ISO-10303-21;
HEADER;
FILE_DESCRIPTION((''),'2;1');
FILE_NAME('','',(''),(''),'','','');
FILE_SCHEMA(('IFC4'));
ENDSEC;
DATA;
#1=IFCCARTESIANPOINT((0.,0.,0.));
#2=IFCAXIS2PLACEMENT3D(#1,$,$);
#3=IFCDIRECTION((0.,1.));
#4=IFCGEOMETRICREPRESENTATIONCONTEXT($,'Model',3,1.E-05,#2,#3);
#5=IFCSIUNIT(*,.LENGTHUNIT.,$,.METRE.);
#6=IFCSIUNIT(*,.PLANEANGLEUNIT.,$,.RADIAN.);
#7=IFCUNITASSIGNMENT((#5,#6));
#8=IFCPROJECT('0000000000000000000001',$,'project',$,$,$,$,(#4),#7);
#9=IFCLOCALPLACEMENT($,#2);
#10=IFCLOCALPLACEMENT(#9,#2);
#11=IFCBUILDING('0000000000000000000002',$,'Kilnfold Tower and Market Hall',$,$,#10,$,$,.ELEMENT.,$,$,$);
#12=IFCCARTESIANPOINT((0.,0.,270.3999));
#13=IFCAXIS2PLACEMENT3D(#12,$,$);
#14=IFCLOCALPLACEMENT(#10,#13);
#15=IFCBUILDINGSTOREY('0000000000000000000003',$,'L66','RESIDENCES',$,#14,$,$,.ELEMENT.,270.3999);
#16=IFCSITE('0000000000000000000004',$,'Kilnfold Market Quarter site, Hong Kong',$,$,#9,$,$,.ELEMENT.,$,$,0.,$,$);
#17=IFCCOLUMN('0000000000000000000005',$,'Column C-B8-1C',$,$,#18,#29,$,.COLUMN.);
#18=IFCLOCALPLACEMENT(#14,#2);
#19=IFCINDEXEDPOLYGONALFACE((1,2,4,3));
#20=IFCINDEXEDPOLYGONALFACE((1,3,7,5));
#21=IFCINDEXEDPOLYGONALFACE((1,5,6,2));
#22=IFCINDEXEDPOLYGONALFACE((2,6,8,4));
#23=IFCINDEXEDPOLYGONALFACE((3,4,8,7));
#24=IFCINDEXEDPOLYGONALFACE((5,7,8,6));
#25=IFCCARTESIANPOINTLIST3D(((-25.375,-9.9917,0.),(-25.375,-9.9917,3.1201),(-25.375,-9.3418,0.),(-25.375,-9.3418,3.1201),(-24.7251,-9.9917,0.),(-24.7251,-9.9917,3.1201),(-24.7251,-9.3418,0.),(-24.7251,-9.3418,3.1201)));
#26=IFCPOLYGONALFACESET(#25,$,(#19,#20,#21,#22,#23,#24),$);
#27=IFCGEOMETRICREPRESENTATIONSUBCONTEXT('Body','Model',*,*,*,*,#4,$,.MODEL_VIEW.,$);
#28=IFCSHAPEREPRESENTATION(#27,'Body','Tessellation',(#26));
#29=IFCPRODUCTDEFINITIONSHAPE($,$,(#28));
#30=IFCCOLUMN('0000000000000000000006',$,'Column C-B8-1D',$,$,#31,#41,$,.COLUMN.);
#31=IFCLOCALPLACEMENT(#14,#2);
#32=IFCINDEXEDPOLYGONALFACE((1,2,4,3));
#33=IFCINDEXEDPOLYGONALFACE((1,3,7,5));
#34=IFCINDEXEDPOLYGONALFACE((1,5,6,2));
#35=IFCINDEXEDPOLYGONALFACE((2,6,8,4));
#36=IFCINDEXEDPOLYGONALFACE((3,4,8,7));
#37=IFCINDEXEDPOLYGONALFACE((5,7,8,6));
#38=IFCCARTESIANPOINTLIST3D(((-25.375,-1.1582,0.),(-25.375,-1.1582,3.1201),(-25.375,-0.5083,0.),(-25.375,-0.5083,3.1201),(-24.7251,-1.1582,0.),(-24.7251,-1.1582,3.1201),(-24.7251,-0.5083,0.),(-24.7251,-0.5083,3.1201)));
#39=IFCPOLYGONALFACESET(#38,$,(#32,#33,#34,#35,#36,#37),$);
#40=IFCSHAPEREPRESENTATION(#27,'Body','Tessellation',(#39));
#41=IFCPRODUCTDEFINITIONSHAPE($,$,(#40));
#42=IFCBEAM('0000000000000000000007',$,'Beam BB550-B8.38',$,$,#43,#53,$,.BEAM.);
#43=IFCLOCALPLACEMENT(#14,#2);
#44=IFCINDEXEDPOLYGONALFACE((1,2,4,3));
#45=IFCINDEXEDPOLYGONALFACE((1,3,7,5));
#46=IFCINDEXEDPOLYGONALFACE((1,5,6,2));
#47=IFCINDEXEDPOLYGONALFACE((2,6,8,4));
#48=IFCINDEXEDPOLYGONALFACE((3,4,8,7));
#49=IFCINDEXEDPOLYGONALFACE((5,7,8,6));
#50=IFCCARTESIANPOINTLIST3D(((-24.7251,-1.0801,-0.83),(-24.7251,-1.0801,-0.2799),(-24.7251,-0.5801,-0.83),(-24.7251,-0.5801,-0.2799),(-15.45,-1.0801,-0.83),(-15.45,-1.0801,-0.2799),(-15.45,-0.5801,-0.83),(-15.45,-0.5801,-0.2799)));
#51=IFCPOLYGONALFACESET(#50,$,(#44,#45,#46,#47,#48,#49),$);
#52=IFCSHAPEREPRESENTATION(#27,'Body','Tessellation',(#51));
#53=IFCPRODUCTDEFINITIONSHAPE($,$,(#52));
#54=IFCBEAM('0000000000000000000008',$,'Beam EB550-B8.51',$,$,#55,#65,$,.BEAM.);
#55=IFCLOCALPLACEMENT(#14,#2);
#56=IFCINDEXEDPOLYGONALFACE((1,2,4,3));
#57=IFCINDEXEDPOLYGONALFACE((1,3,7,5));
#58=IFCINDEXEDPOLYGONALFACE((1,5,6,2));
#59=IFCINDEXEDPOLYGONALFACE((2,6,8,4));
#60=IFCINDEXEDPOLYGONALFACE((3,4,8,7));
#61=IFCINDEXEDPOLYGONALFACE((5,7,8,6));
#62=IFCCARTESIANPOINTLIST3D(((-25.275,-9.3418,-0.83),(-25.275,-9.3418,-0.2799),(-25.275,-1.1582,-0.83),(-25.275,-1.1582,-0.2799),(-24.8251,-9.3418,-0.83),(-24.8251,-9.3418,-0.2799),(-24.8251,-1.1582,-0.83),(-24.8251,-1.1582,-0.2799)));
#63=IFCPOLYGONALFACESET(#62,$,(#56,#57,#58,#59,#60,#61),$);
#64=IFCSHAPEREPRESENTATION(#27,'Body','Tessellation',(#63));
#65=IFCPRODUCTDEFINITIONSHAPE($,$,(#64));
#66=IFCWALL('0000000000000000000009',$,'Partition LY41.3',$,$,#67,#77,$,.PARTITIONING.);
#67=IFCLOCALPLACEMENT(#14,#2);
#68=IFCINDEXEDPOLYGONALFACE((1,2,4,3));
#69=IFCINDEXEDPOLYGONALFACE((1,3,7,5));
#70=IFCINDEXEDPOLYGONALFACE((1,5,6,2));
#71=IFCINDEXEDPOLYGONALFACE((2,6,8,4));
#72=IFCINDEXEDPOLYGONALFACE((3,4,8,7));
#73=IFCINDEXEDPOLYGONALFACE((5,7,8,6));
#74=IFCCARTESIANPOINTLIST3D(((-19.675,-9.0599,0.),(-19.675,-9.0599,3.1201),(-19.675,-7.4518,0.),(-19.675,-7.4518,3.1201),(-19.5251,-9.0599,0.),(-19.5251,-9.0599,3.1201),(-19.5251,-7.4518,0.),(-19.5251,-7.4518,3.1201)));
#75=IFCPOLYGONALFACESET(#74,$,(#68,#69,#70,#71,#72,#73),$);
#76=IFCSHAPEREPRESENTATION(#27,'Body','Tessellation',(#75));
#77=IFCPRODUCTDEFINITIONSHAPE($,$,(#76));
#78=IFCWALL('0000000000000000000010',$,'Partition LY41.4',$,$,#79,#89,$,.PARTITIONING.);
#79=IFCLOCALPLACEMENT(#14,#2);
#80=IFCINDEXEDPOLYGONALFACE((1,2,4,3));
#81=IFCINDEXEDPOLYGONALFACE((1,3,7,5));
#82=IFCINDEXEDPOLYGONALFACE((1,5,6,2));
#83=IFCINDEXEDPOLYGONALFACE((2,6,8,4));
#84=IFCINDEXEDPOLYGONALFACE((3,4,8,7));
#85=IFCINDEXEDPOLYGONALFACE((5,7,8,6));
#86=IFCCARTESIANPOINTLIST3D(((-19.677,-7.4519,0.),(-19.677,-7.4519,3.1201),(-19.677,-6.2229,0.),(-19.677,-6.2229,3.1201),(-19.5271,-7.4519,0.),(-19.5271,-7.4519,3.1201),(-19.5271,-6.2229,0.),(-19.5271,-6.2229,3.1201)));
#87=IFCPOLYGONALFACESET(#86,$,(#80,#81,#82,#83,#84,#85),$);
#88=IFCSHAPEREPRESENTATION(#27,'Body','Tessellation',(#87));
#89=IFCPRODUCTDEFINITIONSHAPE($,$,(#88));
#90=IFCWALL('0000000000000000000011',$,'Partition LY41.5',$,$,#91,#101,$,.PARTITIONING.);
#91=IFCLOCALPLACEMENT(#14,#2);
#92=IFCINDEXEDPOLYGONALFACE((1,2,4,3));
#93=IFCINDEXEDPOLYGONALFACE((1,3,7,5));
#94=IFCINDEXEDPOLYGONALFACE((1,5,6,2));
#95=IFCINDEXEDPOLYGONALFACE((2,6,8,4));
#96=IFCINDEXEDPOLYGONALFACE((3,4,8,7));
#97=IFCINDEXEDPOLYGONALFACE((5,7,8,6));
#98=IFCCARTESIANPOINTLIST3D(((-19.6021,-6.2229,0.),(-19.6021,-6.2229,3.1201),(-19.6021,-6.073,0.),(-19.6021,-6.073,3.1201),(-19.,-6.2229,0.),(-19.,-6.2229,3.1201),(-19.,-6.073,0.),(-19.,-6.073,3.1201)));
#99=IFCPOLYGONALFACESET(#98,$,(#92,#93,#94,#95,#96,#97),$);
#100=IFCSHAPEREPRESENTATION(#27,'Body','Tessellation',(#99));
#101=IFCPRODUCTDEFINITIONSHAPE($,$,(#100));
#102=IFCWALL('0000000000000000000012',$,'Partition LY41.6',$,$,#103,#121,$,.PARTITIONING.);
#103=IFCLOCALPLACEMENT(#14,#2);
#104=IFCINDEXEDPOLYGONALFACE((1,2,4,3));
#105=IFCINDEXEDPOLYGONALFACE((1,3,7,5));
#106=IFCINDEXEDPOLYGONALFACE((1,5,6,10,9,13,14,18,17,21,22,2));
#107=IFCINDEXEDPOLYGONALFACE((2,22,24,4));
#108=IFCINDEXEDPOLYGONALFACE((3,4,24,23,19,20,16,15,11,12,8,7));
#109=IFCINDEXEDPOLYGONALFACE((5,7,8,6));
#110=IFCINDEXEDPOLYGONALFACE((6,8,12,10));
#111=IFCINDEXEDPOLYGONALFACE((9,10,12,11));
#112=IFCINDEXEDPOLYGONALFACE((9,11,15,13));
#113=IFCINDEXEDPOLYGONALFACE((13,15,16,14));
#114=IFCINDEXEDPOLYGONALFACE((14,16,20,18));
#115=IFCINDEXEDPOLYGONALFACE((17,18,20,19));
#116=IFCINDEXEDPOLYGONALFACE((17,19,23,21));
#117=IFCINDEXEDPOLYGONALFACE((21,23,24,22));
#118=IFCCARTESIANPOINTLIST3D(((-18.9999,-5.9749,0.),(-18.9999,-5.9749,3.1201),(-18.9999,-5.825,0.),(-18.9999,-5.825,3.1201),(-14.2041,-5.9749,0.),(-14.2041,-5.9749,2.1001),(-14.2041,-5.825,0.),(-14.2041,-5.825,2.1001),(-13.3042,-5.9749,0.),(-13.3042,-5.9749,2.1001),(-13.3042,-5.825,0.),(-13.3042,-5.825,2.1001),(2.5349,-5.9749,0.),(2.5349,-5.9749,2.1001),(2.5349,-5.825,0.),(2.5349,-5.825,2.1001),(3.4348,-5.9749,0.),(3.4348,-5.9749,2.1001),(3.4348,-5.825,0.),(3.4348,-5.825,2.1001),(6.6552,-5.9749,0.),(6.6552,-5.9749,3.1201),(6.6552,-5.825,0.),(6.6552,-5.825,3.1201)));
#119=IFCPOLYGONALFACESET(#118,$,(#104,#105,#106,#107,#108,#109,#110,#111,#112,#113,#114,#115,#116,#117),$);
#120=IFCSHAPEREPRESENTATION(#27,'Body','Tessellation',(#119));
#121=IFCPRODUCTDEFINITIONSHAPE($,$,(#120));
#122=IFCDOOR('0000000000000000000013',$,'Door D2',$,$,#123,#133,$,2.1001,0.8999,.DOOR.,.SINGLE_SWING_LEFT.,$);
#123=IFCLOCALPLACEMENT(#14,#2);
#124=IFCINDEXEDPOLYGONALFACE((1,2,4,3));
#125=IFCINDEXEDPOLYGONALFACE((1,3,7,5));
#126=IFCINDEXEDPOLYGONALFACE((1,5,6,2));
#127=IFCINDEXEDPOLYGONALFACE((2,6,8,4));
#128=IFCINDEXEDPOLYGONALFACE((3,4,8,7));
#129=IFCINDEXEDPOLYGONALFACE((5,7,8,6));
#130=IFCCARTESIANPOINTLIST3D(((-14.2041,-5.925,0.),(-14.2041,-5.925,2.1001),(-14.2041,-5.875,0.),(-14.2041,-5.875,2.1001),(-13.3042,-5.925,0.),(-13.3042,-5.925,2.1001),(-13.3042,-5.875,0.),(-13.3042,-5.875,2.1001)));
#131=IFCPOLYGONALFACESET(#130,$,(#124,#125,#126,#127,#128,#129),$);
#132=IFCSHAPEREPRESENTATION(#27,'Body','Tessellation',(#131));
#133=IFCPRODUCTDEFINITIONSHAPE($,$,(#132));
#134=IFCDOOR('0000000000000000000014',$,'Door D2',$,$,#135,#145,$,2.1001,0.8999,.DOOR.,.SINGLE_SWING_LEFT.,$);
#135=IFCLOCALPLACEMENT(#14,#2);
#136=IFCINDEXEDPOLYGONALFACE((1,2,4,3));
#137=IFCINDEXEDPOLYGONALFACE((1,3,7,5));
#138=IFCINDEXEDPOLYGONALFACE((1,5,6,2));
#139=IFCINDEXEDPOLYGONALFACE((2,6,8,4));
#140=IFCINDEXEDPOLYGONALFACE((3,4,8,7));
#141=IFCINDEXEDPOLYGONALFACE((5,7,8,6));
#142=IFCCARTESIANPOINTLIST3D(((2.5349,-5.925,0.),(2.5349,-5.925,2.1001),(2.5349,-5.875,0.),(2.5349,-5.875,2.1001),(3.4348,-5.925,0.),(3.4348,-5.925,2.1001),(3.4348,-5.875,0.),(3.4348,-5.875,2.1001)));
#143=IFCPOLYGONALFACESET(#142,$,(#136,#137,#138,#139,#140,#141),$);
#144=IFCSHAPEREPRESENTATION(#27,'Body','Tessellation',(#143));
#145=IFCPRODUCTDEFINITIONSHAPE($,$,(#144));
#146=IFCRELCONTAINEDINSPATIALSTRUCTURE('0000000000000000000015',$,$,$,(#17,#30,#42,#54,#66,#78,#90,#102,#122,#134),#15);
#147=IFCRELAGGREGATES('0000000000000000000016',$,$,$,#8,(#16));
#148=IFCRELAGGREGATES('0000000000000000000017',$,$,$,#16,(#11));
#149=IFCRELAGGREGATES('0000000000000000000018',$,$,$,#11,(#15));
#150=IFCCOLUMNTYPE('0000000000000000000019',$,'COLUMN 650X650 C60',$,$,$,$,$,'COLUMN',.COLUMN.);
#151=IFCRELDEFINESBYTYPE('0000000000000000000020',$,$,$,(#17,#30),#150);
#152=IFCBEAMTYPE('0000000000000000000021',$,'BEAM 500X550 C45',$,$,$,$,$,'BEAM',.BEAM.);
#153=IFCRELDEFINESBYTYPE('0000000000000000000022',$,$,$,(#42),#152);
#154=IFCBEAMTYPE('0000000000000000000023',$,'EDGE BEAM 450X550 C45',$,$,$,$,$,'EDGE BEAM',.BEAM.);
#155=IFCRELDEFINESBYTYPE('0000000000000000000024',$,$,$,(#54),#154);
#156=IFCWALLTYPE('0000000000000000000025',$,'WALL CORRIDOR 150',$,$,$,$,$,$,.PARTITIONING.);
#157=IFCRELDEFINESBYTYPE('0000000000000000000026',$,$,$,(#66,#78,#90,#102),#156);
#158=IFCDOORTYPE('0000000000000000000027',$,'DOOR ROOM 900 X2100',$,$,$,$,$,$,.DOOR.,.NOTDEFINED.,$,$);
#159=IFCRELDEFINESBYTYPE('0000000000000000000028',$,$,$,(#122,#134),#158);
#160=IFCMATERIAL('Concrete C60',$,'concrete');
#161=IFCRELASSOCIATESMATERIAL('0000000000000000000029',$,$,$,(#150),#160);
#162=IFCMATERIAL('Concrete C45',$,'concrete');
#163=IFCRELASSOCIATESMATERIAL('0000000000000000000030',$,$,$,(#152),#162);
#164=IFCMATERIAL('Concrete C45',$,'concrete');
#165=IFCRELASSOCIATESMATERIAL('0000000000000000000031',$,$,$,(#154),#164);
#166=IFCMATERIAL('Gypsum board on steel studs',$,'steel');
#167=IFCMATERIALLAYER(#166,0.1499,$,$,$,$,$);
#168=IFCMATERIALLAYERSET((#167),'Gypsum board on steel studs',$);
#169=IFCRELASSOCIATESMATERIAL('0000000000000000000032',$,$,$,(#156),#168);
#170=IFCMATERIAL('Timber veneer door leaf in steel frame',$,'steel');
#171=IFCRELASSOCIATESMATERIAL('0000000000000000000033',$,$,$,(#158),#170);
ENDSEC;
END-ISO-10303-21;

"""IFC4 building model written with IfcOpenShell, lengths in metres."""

from ifc_helpers import new_model, si_unit, direction, frame, frame_2d, origin, origin_2d, place, context, subcontext, project, spatial, rectangle, extrude, source, transform, mapped, material, layer, layer_set, material_profile, profile_set, type_object, element, fill, save


model = new_model("IFC4")

# Units and contexts
model_context = context("Model", 3, precision=1e-05, world=origin(), true_north=direction((0.0, 1.0)))
body_context = subcontext(model_context, "Body", "Model", "MODEL_VIEW")
ifc_project = project(units=[si_unit("LENGTHUNIT", "METRE"), si_unit("PLANEANGLEUNIT", "RADIAN")], contexts=[model_context])

# Site, building, storey
site_placement = place(None, origin())
site = spatial("IfcSite", under=ifc_project, at=site_placement, Name="Kilnfold Market Quarter site, Hong Kong", CompositionType="ELEMENT", RefElevation=0.0)
building_placement = place(site_placement, origin())
building = spatial("IfcBuilding", under=site, at=building_placement, Name="Kilnfold Tower and Market Hall", CompositionType="ELEMENT")
storey_placement = place(building_placement, frame((0.0, 0.0, 270.3999)))
storey = spatial("IfcBuildingStorey", under=building, at=storey_placement, Name="L66", Description="RESIDENCES", CompositionType="ELEMENT", Elevation=270.3999)

# Columns
ifc_material_1 = material(Name="Concrete C60", Category="concrete")
ifc_material_profile_1 = material_profile(ifc_material_1, rectangle(XDim=0.6499, YDim=0.6499, at=origin_2d()), Name="RC 650x650")
ifc_profile_set_1 = profile_set([ifc_material_profile_1], Name="Concrete C60")
column_type = type_object("IfcColumnType", Name="COLUMN 650X650 C60", ElementType="COLUMN", PredefinedType="COLUMN", material=ifc_profile_set_1)
shared_shape_1 = source(origin(), body_context, "Body", "SweptSolid", [
    extrude(rectangle(XDim=0.6499, YDim=0.6499, at=origin_2d()), origin(), (0.0, 0.0, 1.0), 3.1201),
])
for number, where, z_axis, x_axis, name in (
    (1, (-25.05, -9.6667, 0.0), (0.0, 0.0, 1.0), (1.0, 0.0, 0.0), "Column C-B8-1C"),
    (2, (-25.05, -0.8333, 0.0), (0.0, 0.0, 1.0), (1.0, 0.0, 0.0), "Column C-B8-1D"),
):
    element("IfcColumn", number, at=place(storey_placement, frame(where, z_axis=z_axis, x_axis=x_axis)), inside=storey, type_object=column_type, Name=name, PredefinedType="COLUMN", context=body_context, shape_type="MappedRepresentation", body=[
        mapped(shared_shape_1, transform((0.0, 0.0, 0.0))),
    ])

# Beams
ifc_material_2 = material(Name="Concrete C45", Category="concrete")
ifc_material_profile_2 = material_profile(ifc_material_2, rectangle(XDim=0.5, YDim=0.55, at=origin_2d()), Name="RC 500x550")
ifc_profile_set_2 = profile_set([ifc_material_profile_2], Name="Concrete C45")
beam_type_1 = type_object("IfcBeamType", Name="BEAM 500X550 C45", ElementType="BEAM", PredefinedType="BEAM", material=ifc_profile_set_2)
shared_shape_2 = source(origin(), body_context, "Body", "SweptSolid", [
    extrude(rectangle(XDim=0.5, YDim=0.55, at=origin_2d()), origin(), (0.0, 0.0, 1.0), 9.2751),
])
beam_1_placement = place(storey_placement, frame((-24.7251, -0.8301, -0.5549), z_axis=(1.0, 0.0, 0.0), x_axis=(0.0, 1.0, 0.0)))
element("IfcBeam", 3, at=beam_1_placement, inside=storey, type_object=beam_type_1, Name="Beam BB550-B8.38", PredefinedType="BEAM", context=body_context, shape_type="MappedRepresentation", body=[
    mapped(shared_shape_2, transform((0.0, 0.0, 0.0))),
])
ifc_material_3 = material(Name="Concrete C45", Category="concrete")
ifc_material_profile_3 = material_profile(ifc_material_3, rectangle(XDim=0.45, YDim=0.55, at=origin_2d()), Name="RC 450x550")
ifc_profile_set_3 = profile_set([ifc_material_profile_3], Name="Concrete C45")
beam_type_2 = type_object("IfcBeamType", Name="EDGE BEAM 450X550 C45", ElementType="EDGE BEAM", PredefinedType="BEAM", material=ifc_profile_set_3)
shared_shape_3 = source(origin(), body_context, "Body", "SweptSolid", [
    extrude(rectangle(XDim=0.45, YDim=0.55, at=origin_2d()), origin(), (0.0, 0.0, 1.0), 8.1836),
])
beam_2_placement = place(storey_placement, frame((-25.05, -9.3418, -0.5549), z_axis=(0.0, 1.0, 0.0), x_axis=(-1.0, 0.0, 0.0)))
element("IfcBeam", 4, at=beam_2_placement, inside=storey, type_object=beam_type_2, Name="Beam EB550-B8.51", PredefinedType="BEAM", context=body_context, shape_type="MappedRepresentation", body=[
    mapped(shared_shape_3, transform((0.0, 0.0, 0.0))),
])

# Walls
ifc_material_4 = material(Name="Gypsum board on steel studs", Category="steel")
ifc_layer_1 = layer(ifc_material_4, 0.1499)
ifc_layer_set_1 = layer_set([ifc_layer_1], Name="Gypsum board on steel studs")
wall_type_1 = type_object("IfcWallType", Name="WALL CORRIDOR 150", PredefinedType="PARTITIONING", material=ifc_layer_set_1)
wall_1_placement = place(storey_placement, frame((-19.6001, -9.0601, 0.0), z_axis=(0.0, 0.0, 1.0), x_axis=(0.0, 1.0, 0.0)))
element("IfcWall", 5, at=wall_1_placement, inside=storey, type_object=wall_type_1, Name="Partition LY41.3", PredefinedType="PARTITIONING", context=body_context, shape_type="SweptSolid", body=[
    extrude(rectangle(XDim=1.6082, YDim=0.1499, at=frame_2d((0.8042, 0.0))), origin(), (0.0, 0.0, 1.0), 3.1201),
])
wall_2_placement = place(storey_placement, frame((-19.6021, -7.4519, 0.0), z_axis=(0.0, 0.0, 1.0), x_axis=(0.0, 1.0, 0.0)))
element("IfcWall", 6, at=wall_2_placement, inside=storey, type_object=wall_type_1, Name="Partition LY41.4", PredefinedType="PARTITIONING", context=body_context, shape_type="SweptSolid", body=[
    extrude(rectangle(XDim=1.229, YDim=0.1499, at=frame_2d((0.6145, 0.0))), origin(), (0.0, 0.0, 1.0), 3.1201),
])
wall_3_placement = place(storey_placement, frame((-19.0, -6.1479, 0.0), z_axis=(0.0, 0.0, 1.0), x_axis=(-1.0, 0.0, 0.0)))
element("IfcWall", 7, at=wall_3_placement, inside=storey, type_object=wall_type_1, Name="Partition LY41.5", PredefinedType="PARTITIONING", context=body_context, shape_type="SweptSolid", body=[
    extrude(rectangle(XDim=0.6021, YDim=0.1499, at=frame_2d((0.301, 0.0))), origin(), (0.0, 0.0, 1.0), 3.1201),
])

# Wall, openings, doors
wall_4_placement = place(storey_placement, frame((-19.0, -5.8999, 0.0), z_axis=(0.0, 0.0, 1.0), x_axis=(1.0, 0.0, 0.0)))
wall_4 = element("IfcWall", 8, at=wall_4_placement, inside=storey, type_object=wall_type_1, Name="Partition LY41.6", PredefinedType="PARTITIONING", context=body_context, shape_type="SweptSolid", body=[
    extrude(rectangle(XDim=25.655, YDim=0.1499, at=frame_2d((12.8276, 0.0))), origin(), (0.0, 0.0, 1.0), 3.1201),
])
opening_1_placement = place(wall_4_placement, frame((4.7959, 0.0, 0.0)))
opening_1 = element("IfcOpeningElement", 9, at=opening_1_placement, cuts=wall_4, PredefinedType="OPENING", context=body_context, shape_type="SweptSolid", body=[
    extrude(rectangle(XDim=0.8999, YDim=2.1001, at=frame_2d((0.45, 1.05))), frame((0.0, 0.085, 0.0), z_axis=(0.0, -1.0, 0.0), x_axis=(1.0, 0.0, 0.0)), (0.0, 0.0, 1.0), 0.1699),
])
opening_2_placement = place(wall_4_placement, frame((21.5349, 0.0, 0.0)))
opening_2 = element("IfcOpeningElement", 10, at=opening_2_placement, cuts=wall_4, PredefinedType="OPENING", context=body_context, shape_type="SweptSolid", body=[
    extrude(rectangle(XDim=0.8999, YDim=2.1001, at=frame_2d((0.45, 1.05))), frame((0.0, 0.085, 0.0), z_axis=(0.0, -1.0, 0.0), x_axis=(1.0, 0.0, 0.0)), (0.0, 0.0, 1.0), 0.1699),
])
ifc_material_5 = material(Name="Timber veneer door leaf in steel frame", Category="steel")
door_type_1 = type_object("IfcDoorType", Name="DOOR ROOM 900 X2100", OperationType="NOTDEFINED", PredefinedType="DOOR", material=ifc_material_5)
door_1_placement = place(opening_1_placement, origin())
door_1 = element("IfcDoor", 11, at=door_1_placement, inside=storey, type_object=door_type_1, Name="Door D2", OperationType="SINGLE_SWING_LEFT", OverallHeight=2.1001, OverallWidth=0.8999, PredefinedType="DOOR", context=body_context, shape_type="SweptSolid", body=[
    extrude(rectangle(XDim=0.8999, YDim=2.1001, at=frame_2d((0.45, 1.05))), frame((0.0, 0.0249, 0.0), z_axis=(0.0, -1.0, 0.0), x_axis=(1.0, 0.0, 0.0)), (0.0, 0.0, 1.0), 0.05),
])
fill(opening_1, door_1)
door_2_placement = place(opening_2_placement, origin())
door_2 = element("IfcDoor", 12, at=door_2_placement, inside=storey, type_object=door_type_1, Name="Door D2", OperationType="SINGLE_SWING_LEFT", OverallHeight=2.1001, OverallWidth=0.8999, PredefinedType="DOOR", context=body_context, shape_type="SweptSolid", body=[
    extrude(rectangle(XDim=0.8999, YDim=2.1001, at=frame_2d((0.45, 1.05))), frame((0.0, 0.0249, 0.0), z_axis=(0.0, -1.0, 0.0), x_axis=(1.0, 0.0, 0.0)), (0.0, 0.0, 1.0), 0.05),
])
fill(opening_2, door_2)

save(model, "model.ifc")
